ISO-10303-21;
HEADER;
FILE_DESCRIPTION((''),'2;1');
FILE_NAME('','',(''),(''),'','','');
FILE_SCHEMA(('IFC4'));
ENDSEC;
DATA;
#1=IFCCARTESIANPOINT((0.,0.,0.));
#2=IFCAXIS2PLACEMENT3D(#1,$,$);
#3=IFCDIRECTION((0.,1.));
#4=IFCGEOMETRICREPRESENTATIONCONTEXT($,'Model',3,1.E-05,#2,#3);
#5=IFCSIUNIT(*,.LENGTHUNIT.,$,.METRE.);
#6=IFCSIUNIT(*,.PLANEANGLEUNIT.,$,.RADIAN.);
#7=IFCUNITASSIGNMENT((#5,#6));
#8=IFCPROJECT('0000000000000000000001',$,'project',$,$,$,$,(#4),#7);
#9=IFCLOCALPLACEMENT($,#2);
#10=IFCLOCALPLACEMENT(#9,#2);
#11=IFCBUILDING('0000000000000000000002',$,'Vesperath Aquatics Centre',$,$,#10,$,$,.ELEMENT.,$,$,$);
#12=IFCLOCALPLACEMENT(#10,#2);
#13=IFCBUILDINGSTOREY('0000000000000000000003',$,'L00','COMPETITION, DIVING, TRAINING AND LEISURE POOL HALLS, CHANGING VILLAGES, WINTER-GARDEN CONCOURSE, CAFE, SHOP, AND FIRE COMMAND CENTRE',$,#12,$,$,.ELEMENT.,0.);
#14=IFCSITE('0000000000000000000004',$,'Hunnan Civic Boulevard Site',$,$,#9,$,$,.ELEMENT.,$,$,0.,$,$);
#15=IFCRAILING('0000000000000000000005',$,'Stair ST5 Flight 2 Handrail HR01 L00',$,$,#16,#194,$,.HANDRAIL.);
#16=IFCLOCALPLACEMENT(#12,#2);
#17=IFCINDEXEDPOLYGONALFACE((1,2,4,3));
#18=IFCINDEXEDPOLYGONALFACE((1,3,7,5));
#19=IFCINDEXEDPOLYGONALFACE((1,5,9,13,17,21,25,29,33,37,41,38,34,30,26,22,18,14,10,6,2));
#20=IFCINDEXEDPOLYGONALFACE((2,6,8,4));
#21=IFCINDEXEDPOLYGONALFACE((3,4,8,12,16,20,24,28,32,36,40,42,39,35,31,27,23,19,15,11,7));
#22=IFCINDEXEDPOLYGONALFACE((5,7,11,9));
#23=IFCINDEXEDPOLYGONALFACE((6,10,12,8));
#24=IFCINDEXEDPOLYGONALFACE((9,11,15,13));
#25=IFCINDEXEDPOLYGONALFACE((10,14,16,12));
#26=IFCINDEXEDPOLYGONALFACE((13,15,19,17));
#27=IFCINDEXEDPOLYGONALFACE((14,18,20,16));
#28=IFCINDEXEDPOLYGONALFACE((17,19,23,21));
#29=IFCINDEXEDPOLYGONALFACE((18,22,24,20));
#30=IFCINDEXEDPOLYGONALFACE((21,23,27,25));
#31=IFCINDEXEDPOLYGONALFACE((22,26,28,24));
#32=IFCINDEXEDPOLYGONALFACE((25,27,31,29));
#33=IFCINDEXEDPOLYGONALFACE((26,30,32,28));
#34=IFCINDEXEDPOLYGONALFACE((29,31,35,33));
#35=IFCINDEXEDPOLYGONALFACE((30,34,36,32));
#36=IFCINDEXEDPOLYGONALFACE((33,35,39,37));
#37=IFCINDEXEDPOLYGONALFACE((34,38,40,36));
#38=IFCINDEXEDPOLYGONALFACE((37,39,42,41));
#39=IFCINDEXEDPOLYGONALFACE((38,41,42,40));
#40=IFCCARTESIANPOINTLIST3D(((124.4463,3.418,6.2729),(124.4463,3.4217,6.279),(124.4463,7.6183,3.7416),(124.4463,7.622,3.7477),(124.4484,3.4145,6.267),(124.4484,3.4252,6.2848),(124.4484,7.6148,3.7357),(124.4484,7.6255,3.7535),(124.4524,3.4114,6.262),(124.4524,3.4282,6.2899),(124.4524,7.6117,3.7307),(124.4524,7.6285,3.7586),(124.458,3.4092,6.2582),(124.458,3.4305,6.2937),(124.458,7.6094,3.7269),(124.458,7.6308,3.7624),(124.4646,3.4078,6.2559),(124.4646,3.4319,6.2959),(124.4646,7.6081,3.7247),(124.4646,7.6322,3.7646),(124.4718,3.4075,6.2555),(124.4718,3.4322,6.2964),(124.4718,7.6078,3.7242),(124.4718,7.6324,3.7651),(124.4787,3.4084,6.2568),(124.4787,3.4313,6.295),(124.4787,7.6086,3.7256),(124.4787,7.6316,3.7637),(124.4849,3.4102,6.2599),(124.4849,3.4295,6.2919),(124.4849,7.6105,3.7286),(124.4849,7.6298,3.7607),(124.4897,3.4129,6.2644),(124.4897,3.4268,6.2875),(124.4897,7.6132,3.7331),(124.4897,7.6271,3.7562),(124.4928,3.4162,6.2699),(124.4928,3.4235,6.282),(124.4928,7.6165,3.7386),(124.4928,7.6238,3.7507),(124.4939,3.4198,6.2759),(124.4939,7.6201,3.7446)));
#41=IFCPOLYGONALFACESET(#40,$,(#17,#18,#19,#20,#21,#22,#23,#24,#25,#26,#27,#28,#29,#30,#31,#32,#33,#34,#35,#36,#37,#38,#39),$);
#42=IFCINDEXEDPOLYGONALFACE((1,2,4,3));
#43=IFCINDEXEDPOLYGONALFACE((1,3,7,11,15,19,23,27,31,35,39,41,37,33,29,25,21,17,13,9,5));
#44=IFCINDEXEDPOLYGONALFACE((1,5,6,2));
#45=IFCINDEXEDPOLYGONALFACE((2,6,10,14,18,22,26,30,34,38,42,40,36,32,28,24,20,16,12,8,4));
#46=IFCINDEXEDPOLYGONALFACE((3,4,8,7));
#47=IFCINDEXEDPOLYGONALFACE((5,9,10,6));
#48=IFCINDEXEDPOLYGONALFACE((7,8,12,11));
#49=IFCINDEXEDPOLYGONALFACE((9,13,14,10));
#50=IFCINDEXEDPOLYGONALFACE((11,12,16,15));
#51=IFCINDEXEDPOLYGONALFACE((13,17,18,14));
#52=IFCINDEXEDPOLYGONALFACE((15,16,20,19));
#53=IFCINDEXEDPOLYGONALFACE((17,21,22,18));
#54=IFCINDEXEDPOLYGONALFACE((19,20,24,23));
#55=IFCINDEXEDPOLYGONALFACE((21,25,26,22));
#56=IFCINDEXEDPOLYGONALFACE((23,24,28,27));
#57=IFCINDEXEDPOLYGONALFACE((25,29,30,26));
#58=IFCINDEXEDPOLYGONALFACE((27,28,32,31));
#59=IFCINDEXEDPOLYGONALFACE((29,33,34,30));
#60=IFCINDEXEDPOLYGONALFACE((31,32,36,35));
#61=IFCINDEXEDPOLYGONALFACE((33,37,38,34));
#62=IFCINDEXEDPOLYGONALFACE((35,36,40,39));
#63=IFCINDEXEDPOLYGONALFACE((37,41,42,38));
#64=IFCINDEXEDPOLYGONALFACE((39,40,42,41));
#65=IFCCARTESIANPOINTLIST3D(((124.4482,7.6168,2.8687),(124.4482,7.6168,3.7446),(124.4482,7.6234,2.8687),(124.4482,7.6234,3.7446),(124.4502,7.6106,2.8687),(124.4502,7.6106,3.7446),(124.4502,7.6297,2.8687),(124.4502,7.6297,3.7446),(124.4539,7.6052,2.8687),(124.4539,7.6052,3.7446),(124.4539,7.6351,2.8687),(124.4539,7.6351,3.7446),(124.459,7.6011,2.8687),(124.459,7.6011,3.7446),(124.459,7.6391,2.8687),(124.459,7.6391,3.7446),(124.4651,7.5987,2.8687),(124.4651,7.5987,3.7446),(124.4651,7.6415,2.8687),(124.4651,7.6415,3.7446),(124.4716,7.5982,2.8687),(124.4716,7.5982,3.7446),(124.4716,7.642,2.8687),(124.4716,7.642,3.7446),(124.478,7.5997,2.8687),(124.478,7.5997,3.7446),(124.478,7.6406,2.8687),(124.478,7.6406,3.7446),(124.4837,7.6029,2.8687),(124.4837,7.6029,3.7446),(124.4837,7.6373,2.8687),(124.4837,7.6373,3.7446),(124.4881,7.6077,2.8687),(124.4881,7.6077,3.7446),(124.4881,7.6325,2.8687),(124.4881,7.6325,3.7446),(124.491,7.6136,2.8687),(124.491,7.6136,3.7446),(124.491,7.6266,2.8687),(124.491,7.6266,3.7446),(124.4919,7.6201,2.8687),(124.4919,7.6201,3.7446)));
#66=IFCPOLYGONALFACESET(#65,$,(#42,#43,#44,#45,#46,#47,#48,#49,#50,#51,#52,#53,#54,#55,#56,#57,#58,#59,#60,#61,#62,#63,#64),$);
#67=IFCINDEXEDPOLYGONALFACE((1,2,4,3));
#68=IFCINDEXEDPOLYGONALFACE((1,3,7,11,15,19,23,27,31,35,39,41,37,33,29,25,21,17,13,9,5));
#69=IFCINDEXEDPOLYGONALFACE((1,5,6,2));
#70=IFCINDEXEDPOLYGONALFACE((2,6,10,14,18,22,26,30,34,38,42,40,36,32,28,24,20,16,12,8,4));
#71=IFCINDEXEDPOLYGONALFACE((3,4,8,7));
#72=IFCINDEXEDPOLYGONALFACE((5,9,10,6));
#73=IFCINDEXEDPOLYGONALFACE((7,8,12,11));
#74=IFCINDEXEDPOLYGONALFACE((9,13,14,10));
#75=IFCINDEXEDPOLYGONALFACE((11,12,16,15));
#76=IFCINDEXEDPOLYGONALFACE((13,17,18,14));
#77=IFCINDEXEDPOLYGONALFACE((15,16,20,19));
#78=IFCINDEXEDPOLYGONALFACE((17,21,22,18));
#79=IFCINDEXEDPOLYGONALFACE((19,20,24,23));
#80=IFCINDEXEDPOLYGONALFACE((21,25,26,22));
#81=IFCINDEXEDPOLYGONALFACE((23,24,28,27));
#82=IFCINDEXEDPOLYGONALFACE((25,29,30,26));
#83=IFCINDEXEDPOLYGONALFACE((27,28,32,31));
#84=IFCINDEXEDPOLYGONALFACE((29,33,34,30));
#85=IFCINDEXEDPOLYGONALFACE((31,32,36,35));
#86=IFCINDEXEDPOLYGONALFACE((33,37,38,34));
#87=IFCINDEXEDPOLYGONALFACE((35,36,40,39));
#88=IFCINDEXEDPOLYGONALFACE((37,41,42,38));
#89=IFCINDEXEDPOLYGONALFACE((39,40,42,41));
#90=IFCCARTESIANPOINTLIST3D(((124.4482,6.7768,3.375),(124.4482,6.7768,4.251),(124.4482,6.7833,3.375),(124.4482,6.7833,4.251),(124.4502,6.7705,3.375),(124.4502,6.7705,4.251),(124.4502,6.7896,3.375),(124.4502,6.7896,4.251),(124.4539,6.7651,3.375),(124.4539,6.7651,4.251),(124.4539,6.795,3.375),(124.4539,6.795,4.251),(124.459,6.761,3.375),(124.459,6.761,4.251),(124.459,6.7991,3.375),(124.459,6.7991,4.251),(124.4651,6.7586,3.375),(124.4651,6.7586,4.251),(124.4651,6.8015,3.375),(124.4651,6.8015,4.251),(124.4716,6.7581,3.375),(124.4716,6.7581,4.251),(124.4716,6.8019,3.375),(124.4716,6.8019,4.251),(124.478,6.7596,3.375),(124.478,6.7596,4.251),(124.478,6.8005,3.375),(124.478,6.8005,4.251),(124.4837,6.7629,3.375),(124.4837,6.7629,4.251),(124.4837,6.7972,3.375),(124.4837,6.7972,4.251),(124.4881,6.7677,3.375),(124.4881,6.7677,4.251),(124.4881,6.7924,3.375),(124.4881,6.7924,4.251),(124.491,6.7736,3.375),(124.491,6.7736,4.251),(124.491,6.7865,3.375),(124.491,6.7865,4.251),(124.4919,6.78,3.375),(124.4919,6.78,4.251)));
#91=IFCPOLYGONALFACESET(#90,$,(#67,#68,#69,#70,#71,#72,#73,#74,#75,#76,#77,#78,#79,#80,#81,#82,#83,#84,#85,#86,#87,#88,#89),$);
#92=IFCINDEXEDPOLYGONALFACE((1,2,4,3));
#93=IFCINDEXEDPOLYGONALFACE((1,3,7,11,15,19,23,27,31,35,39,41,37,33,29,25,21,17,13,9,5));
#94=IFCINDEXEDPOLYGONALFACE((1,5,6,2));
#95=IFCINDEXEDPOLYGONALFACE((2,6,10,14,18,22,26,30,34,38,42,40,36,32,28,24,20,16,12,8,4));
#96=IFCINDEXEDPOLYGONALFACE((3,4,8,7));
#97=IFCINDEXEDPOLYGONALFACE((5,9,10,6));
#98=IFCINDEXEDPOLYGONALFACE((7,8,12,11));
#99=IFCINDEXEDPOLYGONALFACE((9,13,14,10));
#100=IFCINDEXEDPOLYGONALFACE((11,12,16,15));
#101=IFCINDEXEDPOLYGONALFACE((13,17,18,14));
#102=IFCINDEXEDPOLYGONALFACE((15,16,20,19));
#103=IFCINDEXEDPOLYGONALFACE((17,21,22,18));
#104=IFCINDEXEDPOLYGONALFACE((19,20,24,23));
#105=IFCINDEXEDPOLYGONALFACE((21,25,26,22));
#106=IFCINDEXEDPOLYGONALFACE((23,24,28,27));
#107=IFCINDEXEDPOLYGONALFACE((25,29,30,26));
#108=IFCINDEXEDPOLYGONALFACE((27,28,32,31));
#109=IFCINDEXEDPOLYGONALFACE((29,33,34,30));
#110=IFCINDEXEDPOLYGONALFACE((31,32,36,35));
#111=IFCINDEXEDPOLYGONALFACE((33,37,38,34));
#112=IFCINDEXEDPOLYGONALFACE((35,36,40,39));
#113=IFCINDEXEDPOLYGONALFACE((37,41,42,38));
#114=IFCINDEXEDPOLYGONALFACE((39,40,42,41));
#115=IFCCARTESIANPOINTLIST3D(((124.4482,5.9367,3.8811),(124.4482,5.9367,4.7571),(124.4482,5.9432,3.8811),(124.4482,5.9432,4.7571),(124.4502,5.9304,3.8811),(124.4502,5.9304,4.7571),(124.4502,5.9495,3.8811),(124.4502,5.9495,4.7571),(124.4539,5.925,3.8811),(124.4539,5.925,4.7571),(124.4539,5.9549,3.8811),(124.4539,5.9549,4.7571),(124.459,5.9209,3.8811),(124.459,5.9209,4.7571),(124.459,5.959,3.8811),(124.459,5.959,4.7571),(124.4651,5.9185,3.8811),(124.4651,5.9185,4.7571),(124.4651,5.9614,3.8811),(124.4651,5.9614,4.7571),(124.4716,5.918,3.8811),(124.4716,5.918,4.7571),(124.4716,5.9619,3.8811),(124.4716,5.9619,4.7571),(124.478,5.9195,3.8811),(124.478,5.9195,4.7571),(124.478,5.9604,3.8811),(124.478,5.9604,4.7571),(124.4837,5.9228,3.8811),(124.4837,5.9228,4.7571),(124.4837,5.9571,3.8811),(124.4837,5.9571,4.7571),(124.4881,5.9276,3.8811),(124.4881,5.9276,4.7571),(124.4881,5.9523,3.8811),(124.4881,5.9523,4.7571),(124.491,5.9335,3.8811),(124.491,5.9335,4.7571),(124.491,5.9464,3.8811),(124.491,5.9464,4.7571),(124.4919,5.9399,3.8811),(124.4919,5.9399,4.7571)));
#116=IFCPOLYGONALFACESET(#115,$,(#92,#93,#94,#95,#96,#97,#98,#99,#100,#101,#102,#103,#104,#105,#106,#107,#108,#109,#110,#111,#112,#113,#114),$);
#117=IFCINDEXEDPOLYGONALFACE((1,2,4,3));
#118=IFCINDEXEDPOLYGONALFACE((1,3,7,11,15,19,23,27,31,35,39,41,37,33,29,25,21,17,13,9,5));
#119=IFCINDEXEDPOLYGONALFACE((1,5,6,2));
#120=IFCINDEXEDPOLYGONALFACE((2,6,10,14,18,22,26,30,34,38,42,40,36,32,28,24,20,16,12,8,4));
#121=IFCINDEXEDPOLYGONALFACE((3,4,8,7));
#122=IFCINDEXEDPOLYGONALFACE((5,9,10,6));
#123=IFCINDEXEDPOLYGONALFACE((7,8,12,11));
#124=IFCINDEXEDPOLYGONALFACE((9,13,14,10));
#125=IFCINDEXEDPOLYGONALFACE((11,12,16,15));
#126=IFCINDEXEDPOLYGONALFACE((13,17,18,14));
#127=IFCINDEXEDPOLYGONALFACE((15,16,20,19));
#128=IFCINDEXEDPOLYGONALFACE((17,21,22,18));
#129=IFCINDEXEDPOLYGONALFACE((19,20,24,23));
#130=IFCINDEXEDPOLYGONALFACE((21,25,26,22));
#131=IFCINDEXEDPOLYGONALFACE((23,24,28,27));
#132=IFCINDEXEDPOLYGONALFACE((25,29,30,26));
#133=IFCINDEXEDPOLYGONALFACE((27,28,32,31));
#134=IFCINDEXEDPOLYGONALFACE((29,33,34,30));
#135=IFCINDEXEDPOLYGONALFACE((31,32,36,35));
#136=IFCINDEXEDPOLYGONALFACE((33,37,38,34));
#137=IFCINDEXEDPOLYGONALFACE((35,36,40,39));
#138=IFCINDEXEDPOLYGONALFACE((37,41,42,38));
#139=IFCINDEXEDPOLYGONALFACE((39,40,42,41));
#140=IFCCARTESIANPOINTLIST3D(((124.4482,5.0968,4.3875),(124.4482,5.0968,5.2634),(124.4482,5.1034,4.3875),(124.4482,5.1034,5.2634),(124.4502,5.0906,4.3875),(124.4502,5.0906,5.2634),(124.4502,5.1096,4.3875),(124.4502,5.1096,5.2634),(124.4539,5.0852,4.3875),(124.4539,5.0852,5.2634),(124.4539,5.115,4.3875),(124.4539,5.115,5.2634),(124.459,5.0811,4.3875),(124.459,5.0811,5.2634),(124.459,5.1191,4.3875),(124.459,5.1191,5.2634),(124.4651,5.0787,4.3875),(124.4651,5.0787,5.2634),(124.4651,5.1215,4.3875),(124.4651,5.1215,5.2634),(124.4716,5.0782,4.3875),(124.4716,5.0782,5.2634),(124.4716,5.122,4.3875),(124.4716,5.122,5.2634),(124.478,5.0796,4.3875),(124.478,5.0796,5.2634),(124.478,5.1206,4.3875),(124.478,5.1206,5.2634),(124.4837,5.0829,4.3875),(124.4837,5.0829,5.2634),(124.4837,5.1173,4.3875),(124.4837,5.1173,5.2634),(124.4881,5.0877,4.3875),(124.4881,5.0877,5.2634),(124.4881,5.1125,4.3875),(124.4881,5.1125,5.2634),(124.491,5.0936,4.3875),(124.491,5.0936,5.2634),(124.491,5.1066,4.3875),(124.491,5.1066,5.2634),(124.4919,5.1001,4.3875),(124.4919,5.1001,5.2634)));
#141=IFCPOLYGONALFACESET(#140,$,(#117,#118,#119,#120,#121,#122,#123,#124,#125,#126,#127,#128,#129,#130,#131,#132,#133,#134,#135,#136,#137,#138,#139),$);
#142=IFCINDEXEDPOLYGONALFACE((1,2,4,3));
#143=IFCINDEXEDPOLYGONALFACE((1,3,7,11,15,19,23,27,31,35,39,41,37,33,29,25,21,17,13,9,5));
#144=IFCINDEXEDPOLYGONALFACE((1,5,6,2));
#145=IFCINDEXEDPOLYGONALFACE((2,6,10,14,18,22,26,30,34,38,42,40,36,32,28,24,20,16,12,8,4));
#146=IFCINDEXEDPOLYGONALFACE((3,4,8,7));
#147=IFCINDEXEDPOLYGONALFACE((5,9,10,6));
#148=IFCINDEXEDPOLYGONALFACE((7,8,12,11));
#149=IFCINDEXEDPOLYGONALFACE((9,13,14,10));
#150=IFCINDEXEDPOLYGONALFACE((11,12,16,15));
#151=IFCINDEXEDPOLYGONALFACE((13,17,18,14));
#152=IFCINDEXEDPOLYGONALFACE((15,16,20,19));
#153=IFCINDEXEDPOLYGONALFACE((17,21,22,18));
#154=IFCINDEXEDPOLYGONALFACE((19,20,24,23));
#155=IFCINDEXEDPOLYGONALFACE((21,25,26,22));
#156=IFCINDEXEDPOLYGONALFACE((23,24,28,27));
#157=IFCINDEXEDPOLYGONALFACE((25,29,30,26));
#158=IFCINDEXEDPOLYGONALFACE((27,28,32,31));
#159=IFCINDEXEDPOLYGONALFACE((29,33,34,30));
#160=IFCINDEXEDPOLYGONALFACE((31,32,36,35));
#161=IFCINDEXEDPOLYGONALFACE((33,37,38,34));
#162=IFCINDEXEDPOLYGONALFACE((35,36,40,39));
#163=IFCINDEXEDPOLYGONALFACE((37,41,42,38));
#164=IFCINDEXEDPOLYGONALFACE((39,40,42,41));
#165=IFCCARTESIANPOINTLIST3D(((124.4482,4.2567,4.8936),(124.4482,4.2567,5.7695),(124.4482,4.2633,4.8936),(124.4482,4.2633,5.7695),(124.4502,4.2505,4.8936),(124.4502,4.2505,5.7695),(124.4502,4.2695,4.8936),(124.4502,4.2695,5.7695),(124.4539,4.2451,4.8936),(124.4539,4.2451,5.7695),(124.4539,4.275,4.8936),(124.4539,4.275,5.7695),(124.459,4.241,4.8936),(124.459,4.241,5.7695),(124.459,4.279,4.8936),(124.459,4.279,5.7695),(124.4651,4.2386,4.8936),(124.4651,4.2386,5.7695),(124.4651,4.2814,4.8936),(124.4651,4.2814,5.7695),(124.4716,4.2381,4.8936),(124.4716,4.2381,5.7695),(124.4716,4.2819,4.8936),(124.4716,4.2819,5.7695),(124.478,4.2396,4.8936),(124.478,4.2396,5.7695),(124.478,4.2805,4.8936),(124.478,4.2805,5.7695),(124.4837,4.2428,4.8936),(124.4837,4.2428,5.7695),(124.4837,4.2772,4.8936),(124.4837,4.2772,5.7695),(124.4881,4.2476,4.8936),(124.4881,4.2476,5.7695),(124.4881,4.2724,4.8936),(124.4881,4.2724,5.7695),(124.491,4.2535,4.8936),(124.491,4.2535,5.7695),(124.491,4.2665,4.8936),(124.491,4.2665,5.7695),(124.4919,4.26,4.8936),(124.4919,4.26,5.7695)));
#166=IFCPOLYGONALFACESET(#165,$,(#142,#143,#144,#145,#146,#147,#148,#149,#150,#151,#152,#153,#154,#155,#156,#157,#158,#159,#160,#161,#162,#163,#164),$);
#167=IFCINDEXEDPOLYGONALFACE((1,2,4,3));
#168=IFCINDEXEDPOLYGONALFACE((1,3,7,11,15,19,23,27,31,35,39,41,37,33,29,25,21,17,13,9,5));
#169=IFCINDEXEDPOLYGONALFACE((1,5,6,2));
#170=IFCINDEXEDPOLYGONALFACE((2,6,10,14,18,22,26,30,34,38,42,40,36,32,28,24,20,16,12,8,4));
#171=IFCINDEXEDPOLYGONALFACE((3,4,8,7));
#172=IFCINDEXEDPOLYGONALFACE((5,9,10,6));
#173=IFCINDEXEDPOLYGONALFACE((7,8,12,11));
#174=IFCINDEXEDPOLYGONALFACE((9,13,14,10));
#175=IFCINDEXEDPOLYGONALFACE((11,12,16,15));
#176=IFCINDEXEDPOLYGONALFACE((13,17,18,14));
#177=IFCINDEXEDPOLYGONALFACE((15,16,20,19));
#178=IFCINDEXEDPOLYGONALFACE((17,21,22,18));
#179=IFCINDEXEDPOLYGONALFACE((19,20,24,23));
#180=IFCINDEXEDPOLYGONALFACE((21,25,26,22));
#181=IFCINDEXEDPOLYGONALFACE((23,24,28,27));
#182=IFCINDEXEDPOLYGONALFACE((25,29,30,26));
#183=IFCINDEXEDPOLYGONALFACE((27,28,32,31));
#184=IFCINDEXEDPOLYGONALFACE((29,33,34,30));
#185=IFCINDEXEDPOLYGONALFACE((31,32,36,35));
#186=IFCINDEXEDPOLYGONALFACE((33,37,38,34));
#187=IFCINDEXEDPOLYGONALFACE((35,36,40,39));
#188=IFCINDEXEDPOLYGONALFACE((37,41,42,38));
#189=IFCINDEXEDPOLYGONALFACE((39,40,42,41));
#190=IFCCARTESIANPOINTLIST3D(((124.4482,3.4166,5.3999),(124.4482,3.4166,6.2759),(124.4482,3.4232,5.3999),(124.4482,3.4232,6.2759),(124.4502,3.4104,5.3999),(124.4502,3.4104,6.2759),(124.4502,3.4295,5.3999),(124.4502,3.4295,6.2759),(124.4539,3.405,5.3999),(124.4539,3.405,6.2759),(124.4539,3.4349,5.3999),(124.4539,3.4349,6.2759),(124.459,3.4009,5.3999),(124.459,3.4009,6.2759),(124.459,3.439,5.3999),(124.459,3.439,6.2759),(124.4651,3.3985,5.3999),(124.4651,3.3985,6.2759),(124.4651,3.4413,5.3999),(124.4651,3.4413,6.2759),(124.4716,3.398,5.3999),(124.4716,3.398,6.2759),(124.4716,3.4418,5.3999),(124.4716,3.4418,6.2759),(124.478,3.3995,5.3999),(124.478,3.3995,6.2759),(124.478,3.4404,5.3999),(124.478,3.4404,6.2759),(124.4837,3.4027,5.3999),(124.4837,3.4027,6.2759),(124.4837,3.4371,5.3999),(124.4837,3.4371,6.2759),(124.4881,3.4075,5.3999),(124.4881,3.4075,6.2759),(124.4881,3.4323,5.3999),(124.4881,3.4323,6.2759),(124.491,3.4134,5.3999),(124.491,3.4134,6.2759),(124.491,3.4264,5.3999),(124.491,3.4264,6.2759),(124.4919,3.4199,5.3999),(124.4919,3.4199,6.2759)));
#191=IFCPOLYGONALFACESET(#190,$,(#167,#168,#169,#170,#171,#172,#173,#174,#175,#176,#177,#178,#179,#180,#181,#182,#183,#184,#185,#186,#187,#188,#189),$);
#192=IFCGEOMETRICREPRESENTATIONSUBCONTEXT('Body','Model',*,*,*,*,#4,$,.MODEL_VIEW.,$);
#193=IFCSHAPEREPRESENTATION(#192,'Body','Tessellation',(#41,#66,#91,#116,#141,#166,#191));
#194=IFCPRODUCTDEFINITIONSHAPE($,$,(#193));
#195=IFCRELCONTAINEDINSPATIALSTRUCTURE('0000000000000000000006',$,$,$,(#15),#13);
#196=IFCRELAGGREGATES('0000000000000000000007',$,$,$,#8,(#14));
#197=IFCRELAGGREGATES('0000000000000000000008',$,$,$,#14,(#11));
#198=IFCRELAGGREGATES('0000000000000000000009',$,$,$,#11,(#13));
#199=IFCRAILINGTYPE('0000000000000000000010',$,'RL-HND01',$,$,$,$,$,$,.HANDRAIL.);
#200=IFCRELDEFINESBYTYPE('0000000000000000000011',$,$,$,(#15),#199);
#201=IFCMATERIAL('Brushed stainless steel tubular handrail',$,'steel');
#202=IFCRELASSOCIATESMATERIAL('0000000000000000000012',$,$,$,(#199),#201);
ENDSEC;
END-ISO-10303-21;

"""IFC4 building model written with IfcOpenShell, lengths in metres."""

from ifc_helpers import new_model, si_unit, direction, frame, origin, origin_2d, place, context, subcontext, project, spatial, circle, extrude, material, type_object, element, save


model = new_model("IFC4")

# Units and contexts
model_context = context("Model", 3, precision=1e-05, world=origin(), true_north=direction((0.0, 1.0)))
body_context = subcontext(model_context, "Body", "Model", "MODEL_VIEW")
ifc_project = project(units=[si_unit("LENGTHUNIT", "METRE"), si_unit("PLANEANGLEUNIT", "RADIAN")], contexts=[model_context])

# Site, building, storey
site_placement = place(None, origin())
site = spatial("IfcSite", under=ifc_project, at=site_placement, Name="Hunnan Civic Boulevard Site", CompositionType="ELEMENT", RefElevation=0.0)
building_placement = place(site_placement, origin())
building = spatial("IfcBuilding", under=site, at=building_placement, Name="Vesperath Aquatics Centre", CompositionType="ELEMENT")
storey_placement = place(building_placement, origin())
storey = spatial("IfcBuildingStorey", under=building, at=storey_placement, Name="L00", Description="COMPETITION, DIVING, TRAINING AND LEISURE POOL HALLS, CHANGING VILLAGES, WINTER-GARDEN CONCOURSE, CAFE, SHOP, AND FIRE COMMAND CENTRE", CompositionType="ELEMENT", Elevation=0.0)

# Railing
ifc_material_1 = material(Name="Brushed stainless steel tubular handrail", Category="steel")
railing_type_1 = type_object("IfcRailingType", Name="RL-HND01", PredefinedType="HANDRAIL", material=ifc_material_1)
railing_1_placement = place(storey_placement, frame((124.47, 7.6201, 2.8687)))
element("IfcRailing", 1, at=railing_1_placement, inside=storey, type_object=railing_type_1, Name="Stair ST5 Flight 2 Handrail HR01 L00", PredefinedType="HANDRAIL", context=body_context, shape_type="SweptSolid", body=[
    extrude(circle(Radius=0.0239, at=origin_2d()), frame((0.0, 0.0, 0.876), z_axis=(0.0, -0.85649, 0.516164), x_axis=(1.0, 0.0, 0.0)), (0.0, 0.0, 1.0), 4.9041),
    extrude(circle(Radius=0.022, at=origin_2d()), origin(), (0.0, 0.0, 1.0), 0.876),
    extrude(circle(Radius=0.022, at=origin_2d()), frame((0.0, -0.8401, 0.5063)), (0.0, 0.0, 1.0), 0.876),
    extrude(circle(Radius=0.022, at=origin_2d()), frame((0.0, -1.6802, 1.0125)), (0.0, 0.0, 1.0), 0.876),
    extrude(circle(Radius=0.022, at=origin_2d()), frame((0.0, -2.52, 1.5188)), (0.0, 0.0, 1.0), 0.876),
    extrude(circle(Radius=0.022, at=origin_2d()), frame((0.0, -3.3601, 2.0249)), (0.0, 0.0, 1.0), 0.876),
    extrude(circle(Radius=0.022, at=origin_2d()), frame((0.0, -4.2002, 2.5312)), (0.0, 0.0, 1.0), 0.876),
])

save(model, "model.ifc")
